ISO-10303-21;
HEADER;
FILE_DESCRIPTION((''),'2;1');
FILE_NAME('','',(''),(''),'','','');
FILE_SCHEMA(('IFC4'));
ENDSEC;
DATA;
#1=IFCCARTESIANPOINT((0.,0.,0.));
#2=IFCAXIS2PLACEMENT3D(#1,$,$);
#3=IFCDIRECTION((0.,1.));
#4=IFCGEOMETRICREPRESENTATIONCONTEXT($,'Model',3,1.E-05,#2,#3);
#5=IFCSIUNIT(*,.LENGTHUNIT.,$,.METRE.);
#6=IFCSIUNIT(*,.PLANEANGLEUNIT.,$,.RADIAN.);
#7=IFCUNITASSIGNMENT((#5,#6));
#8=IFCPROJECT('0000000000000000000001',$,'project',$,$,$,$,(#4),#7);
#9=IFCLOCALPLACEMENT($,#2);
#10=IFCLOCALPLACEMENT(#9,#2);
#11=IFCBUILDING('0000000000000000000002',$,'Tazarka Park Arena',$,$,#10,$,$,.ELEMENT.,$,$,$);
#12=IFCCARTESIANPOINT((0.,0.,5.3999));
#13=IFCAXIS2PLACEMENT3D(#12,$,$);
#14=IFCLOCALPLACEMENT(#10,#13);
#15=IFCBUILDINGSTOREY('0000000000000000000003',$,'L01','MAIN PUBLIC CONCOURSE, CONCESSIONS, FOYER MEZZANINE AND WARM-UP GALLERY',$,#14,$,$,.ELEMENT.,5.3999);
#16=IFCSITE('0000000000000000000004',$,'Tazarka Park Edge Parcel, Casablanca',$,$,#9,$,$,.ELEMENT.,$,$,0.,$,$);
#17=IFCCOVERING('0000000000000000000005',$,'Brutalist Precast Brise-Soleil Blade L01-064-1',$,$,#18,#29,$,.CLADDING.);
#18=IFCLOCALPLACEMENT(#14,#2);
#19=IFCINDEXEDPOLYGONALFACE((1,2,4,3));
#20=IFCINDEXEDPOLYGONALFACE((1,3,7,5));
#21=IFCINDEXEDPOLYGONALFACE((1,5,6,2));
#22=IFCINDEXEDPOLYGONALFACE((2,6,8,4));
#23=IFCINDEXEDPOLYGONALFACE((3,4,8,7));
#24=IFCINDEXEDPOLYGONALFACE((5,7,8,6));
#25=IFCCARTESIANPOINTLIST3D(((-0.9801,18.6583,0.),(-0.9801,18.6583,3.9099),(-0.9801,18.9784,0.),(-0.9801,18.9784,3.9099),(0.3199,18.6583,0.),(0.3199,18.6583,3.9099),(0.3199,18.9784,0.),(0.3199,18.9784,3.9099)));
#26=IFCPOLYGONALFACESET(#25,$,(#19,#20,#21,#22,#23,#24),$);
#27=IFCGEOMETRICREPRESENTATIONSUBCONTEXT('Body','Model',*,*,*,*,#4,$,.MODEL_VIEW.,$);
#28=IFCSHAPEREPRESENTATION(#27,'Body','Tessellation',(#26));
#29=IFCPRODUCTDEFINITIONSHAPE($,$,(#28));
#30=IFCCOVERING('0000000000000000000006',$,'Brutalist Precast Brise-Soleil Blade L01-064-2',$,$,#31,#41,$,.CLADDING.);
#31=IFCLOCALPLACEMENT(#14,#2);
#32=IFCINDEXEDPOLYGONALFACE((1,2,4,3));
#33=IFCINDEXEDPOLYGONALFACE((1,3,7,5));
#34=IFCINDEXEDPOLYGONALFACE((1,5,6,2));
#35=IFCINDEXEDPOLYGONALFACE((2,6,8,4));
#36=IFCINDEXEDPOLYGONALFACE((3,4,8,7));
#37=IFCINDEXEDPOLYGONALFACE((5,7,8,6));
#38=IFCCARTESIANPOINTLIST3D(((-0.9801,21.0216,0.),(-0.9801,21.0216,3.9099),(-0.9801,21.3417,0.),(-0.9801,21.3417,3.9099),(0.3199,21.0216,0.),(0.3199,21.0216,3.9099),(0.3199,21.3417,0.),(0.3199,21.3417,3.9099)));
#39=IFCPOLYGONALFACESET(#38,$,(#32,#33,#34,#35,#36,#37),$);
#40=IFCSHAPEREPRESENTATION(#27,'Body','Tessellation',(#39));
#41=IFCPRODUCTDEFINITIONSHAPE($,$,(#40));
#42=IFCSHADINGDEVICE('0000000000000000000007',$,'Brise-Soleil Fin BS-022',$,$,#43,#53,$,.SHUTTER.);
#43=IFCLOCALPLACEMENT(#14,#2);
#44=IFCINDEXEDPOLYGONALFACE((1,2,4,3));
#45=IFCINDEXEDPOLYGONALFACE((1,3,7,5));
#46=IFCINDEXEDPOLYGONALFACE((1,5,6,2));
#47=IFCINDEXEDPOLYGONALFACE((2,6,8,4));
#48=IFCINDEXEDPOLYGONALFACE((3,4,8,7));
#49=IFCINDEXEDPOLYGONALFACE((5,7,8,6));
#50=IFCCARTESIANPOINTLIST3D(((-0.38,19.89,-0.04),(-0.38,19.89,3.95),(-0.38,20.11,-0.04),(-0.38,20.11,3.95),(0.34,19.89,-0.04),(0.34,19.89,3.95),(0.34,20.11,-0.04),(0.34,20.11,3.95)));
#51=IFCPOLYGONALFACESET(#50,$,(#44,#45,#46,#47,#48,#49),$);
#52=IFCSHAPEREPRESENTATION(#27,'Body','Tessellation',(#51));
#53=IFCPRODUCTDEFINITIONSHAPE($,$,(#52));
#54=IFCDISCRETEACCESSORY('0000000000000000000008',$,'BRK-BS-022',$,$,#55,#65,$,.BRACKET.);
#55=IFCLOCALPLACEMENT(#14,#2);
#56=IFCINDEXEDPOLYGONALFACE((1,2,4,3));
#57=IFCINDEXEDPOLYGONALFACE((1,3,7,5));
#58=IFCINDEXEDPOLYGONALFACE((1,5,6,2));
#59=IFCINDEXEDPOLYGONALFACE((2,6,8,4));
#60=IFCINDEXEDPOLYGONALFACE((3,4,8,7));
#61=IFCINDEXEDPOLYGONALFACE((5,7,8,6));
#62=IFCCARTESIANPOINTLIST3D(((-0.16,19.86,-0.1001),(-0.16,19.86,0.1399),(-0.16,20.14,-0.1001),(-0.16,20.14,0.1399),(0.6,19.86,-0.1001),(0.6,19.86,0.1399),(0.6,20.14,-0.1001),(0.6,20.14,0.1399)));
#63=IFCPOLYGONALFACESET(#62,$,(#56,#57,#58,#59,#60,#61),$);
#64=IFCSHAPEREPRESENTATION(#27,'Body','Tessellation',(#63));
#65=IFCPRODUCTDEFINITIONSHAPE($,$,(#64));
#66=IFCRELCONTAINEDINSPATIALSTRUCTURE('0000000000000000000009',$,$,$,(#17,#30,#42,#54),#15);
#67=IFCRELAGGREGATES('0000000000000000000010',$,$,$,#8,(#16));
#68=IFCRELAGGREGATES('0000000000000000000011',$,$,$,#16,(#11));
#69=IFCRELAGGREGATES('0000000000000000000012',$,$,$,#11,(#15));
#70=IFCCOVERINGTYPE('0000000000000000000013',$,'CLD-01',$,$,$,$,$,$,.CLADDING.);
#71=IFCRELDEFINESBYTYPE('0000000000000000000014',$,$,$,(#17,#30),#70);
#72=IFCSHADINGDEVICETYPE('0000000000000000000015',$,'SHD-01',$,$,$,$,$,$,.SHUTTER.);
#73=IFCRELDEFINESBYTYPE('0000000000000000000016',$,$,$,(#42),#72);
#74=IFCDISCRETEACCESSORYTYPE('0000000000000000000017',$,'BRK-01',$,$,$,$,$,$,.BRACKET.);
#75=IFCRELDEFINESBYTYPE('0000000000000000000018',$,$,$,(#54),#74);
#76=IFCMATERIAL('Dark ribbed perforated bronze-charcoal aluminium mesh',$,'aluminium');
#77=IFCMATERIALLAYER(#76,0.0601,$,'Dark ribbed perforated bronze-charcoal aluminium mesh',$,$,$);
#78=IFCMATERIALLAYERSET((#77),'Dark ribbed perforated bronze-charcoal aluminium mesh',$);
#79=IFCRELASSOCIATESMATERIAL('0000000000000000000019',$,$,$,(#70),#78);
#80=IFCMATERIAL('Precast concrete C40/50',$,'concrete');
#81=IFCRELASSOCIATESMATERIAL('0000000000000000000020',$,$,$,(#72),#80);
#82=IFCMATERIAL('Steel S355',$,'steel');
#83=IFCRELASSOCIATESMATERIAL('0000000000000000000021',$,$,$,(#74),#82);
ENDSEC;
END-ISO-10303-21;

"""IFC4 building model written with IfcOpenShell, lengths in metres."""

from ifc_helpers import new_model, si_unit, direction, frame, origin, origin_2d, place, context, subcontext, project, spatial, rectangle, extrude, material, layer, layer_set, type_object, element, save


model = new_model("IFC4")

# Units and contexts
model_context = context("Model", 3, precision=1e-05, world=origin(), true_north=direction((0.0, 1.0)))
body_context = subcontext(model_context, "Body", "Model", "MODEL_VIEW")
ifc_project = project(units=[si_unit("LENGTHUNIT", "METRE"), si_unit("PLANEANGLEUNIT", "RADIAN")], contexts=[model_context])

# Site, building, storey
site_placement = place(None, origin())
site = spatial("IfcSite", under=ifc_project, at=site_placement, Name="Tazarka Park Edge Parcel, Casablanca", CompositionType="ELEMENT", RefElevation=0.0)
building_placement = place(site_placement, origin())
building = spatial("IfcBuilding", under=site, at=building_placement, Name="Tazarka Park Arena", CompositionType="ELEMENT")
storey_placement = place(building_placement, frame((0.0, 0.0, 5.3999)))
storey = spatial("IfcBuildingStorey", under=building, at=storey_placement, Name="L01", Description="MAIN PUBLIC CONCOURSE, CONCESSIONS, FOYER MEZZANINE AND WARM-UP GALLERY", CompositionType="ELEMENT", Elevation=5.3999)

# Coverings
ifc_material_1 = material(Name="Dark ribbed perforated bronze-charcoal aluminium mesh", Category="aluminium")
ifc_layer_1 = layer(ifc_material_1, 0.0601, Name="Dark ribbed perforated bronze-charcoal aluminium mesh")
ifc_layer_set_1 = layer_set([ifc_layer_1], Name="Dark ribbed perforated bronze-charcoal aluminium mesh")
covering_type = type_object("IfcCoveringType", Name="CLD-01", PredefinedType="CLADDING", material=ifc_layer_set_1)
for number, where, z_axis, x_axis, name in (
    (1, (-0.3301, 18.8184, 0.0), (0.0, 0.0, 1.0), (0.0, 1.0, 0.0), "Brutalist Precast Brise-Soleil Blade L01-064-1"),
    (2, (-0.3301, 21.1816, 0.0), (0.0, 0.0, 1.0), (0.0, 1.0, 0.0), "Brutalist Precast Brise-Soleil Blade L01-064-2"),
):
    element("IfcCovering", number, at=place(storey_placement, frame(where, z_axis=z_axis, x_axis=x_axis)), inside=storey, type_object=covering_type, Name=name, PredefinedType="CLADDING", context=body_context, shape_type="SweptSolid", body=[
        extrude(rectangle(XDim=0.3201, YDim=1.3, at=origin_2d()), origin(), (0.0, 0.0, 1.0), 3.9099),
    ])

# Shading device
ifc_material_2 = material(Name="Precast concrete C40/50", Category="concrete")
shading_device_type = type_object("IfcShadingDeviceType", Name="SHD-01", PredefinedType="SHUTTER", material=ifc_material_2)
shading_device_placement = place(storey_placement, frame((-0.02, 20.0, -0.04), z_axis=(0.0, 0.0, 1.0), x_axis=(0.0, 1.0, 0.0)))
element("IfcShadingDevice", 3, at=shading_device_placement, inside=storey, type_object=shading_device_type, Name="Brise-Soleil Fin BS-022", PredefinedType="SHUTTER", context=body_context, shape_type="SweptSolid", body=[
    extrude(rectangle(XDim=0.22, YDim=0.72, at=origin_2d()), origin(), (0.0, 0.0, 1.0), 3.99),
])

# Discrete accessory
ifc_material_3 = material(Name="Steel S355", Category="steel")
discrete_accessory_type = type_object("IfcDiscreteAccessoryType", Name="BRK-01", PredefinedType="BRACKET", material=ifc_material_3)
discrete_accessory_placement = place(storey_placement, frame((0.22, 20.0, -0.1001), z_axis=(0.0, 0.0, 1.0), x_axis=(0.0, 1.0, 0.0)))
element("IfcDiscreteAccessory", 4, at=discrete_accessory_placement, inside=storey, type_object=discrete_accessory_type, Name="BRK-BS-022", PredefinedType="BRACKET", context=body_context, shape_type="SweptSolid", body=[
    extrude(rectangle(XDim=0.28, YDim=0.76, at=origin_2d()), origin(), (0.0, 0.0, 1.0), 0.24),
])

save(model, "model.ifc")
